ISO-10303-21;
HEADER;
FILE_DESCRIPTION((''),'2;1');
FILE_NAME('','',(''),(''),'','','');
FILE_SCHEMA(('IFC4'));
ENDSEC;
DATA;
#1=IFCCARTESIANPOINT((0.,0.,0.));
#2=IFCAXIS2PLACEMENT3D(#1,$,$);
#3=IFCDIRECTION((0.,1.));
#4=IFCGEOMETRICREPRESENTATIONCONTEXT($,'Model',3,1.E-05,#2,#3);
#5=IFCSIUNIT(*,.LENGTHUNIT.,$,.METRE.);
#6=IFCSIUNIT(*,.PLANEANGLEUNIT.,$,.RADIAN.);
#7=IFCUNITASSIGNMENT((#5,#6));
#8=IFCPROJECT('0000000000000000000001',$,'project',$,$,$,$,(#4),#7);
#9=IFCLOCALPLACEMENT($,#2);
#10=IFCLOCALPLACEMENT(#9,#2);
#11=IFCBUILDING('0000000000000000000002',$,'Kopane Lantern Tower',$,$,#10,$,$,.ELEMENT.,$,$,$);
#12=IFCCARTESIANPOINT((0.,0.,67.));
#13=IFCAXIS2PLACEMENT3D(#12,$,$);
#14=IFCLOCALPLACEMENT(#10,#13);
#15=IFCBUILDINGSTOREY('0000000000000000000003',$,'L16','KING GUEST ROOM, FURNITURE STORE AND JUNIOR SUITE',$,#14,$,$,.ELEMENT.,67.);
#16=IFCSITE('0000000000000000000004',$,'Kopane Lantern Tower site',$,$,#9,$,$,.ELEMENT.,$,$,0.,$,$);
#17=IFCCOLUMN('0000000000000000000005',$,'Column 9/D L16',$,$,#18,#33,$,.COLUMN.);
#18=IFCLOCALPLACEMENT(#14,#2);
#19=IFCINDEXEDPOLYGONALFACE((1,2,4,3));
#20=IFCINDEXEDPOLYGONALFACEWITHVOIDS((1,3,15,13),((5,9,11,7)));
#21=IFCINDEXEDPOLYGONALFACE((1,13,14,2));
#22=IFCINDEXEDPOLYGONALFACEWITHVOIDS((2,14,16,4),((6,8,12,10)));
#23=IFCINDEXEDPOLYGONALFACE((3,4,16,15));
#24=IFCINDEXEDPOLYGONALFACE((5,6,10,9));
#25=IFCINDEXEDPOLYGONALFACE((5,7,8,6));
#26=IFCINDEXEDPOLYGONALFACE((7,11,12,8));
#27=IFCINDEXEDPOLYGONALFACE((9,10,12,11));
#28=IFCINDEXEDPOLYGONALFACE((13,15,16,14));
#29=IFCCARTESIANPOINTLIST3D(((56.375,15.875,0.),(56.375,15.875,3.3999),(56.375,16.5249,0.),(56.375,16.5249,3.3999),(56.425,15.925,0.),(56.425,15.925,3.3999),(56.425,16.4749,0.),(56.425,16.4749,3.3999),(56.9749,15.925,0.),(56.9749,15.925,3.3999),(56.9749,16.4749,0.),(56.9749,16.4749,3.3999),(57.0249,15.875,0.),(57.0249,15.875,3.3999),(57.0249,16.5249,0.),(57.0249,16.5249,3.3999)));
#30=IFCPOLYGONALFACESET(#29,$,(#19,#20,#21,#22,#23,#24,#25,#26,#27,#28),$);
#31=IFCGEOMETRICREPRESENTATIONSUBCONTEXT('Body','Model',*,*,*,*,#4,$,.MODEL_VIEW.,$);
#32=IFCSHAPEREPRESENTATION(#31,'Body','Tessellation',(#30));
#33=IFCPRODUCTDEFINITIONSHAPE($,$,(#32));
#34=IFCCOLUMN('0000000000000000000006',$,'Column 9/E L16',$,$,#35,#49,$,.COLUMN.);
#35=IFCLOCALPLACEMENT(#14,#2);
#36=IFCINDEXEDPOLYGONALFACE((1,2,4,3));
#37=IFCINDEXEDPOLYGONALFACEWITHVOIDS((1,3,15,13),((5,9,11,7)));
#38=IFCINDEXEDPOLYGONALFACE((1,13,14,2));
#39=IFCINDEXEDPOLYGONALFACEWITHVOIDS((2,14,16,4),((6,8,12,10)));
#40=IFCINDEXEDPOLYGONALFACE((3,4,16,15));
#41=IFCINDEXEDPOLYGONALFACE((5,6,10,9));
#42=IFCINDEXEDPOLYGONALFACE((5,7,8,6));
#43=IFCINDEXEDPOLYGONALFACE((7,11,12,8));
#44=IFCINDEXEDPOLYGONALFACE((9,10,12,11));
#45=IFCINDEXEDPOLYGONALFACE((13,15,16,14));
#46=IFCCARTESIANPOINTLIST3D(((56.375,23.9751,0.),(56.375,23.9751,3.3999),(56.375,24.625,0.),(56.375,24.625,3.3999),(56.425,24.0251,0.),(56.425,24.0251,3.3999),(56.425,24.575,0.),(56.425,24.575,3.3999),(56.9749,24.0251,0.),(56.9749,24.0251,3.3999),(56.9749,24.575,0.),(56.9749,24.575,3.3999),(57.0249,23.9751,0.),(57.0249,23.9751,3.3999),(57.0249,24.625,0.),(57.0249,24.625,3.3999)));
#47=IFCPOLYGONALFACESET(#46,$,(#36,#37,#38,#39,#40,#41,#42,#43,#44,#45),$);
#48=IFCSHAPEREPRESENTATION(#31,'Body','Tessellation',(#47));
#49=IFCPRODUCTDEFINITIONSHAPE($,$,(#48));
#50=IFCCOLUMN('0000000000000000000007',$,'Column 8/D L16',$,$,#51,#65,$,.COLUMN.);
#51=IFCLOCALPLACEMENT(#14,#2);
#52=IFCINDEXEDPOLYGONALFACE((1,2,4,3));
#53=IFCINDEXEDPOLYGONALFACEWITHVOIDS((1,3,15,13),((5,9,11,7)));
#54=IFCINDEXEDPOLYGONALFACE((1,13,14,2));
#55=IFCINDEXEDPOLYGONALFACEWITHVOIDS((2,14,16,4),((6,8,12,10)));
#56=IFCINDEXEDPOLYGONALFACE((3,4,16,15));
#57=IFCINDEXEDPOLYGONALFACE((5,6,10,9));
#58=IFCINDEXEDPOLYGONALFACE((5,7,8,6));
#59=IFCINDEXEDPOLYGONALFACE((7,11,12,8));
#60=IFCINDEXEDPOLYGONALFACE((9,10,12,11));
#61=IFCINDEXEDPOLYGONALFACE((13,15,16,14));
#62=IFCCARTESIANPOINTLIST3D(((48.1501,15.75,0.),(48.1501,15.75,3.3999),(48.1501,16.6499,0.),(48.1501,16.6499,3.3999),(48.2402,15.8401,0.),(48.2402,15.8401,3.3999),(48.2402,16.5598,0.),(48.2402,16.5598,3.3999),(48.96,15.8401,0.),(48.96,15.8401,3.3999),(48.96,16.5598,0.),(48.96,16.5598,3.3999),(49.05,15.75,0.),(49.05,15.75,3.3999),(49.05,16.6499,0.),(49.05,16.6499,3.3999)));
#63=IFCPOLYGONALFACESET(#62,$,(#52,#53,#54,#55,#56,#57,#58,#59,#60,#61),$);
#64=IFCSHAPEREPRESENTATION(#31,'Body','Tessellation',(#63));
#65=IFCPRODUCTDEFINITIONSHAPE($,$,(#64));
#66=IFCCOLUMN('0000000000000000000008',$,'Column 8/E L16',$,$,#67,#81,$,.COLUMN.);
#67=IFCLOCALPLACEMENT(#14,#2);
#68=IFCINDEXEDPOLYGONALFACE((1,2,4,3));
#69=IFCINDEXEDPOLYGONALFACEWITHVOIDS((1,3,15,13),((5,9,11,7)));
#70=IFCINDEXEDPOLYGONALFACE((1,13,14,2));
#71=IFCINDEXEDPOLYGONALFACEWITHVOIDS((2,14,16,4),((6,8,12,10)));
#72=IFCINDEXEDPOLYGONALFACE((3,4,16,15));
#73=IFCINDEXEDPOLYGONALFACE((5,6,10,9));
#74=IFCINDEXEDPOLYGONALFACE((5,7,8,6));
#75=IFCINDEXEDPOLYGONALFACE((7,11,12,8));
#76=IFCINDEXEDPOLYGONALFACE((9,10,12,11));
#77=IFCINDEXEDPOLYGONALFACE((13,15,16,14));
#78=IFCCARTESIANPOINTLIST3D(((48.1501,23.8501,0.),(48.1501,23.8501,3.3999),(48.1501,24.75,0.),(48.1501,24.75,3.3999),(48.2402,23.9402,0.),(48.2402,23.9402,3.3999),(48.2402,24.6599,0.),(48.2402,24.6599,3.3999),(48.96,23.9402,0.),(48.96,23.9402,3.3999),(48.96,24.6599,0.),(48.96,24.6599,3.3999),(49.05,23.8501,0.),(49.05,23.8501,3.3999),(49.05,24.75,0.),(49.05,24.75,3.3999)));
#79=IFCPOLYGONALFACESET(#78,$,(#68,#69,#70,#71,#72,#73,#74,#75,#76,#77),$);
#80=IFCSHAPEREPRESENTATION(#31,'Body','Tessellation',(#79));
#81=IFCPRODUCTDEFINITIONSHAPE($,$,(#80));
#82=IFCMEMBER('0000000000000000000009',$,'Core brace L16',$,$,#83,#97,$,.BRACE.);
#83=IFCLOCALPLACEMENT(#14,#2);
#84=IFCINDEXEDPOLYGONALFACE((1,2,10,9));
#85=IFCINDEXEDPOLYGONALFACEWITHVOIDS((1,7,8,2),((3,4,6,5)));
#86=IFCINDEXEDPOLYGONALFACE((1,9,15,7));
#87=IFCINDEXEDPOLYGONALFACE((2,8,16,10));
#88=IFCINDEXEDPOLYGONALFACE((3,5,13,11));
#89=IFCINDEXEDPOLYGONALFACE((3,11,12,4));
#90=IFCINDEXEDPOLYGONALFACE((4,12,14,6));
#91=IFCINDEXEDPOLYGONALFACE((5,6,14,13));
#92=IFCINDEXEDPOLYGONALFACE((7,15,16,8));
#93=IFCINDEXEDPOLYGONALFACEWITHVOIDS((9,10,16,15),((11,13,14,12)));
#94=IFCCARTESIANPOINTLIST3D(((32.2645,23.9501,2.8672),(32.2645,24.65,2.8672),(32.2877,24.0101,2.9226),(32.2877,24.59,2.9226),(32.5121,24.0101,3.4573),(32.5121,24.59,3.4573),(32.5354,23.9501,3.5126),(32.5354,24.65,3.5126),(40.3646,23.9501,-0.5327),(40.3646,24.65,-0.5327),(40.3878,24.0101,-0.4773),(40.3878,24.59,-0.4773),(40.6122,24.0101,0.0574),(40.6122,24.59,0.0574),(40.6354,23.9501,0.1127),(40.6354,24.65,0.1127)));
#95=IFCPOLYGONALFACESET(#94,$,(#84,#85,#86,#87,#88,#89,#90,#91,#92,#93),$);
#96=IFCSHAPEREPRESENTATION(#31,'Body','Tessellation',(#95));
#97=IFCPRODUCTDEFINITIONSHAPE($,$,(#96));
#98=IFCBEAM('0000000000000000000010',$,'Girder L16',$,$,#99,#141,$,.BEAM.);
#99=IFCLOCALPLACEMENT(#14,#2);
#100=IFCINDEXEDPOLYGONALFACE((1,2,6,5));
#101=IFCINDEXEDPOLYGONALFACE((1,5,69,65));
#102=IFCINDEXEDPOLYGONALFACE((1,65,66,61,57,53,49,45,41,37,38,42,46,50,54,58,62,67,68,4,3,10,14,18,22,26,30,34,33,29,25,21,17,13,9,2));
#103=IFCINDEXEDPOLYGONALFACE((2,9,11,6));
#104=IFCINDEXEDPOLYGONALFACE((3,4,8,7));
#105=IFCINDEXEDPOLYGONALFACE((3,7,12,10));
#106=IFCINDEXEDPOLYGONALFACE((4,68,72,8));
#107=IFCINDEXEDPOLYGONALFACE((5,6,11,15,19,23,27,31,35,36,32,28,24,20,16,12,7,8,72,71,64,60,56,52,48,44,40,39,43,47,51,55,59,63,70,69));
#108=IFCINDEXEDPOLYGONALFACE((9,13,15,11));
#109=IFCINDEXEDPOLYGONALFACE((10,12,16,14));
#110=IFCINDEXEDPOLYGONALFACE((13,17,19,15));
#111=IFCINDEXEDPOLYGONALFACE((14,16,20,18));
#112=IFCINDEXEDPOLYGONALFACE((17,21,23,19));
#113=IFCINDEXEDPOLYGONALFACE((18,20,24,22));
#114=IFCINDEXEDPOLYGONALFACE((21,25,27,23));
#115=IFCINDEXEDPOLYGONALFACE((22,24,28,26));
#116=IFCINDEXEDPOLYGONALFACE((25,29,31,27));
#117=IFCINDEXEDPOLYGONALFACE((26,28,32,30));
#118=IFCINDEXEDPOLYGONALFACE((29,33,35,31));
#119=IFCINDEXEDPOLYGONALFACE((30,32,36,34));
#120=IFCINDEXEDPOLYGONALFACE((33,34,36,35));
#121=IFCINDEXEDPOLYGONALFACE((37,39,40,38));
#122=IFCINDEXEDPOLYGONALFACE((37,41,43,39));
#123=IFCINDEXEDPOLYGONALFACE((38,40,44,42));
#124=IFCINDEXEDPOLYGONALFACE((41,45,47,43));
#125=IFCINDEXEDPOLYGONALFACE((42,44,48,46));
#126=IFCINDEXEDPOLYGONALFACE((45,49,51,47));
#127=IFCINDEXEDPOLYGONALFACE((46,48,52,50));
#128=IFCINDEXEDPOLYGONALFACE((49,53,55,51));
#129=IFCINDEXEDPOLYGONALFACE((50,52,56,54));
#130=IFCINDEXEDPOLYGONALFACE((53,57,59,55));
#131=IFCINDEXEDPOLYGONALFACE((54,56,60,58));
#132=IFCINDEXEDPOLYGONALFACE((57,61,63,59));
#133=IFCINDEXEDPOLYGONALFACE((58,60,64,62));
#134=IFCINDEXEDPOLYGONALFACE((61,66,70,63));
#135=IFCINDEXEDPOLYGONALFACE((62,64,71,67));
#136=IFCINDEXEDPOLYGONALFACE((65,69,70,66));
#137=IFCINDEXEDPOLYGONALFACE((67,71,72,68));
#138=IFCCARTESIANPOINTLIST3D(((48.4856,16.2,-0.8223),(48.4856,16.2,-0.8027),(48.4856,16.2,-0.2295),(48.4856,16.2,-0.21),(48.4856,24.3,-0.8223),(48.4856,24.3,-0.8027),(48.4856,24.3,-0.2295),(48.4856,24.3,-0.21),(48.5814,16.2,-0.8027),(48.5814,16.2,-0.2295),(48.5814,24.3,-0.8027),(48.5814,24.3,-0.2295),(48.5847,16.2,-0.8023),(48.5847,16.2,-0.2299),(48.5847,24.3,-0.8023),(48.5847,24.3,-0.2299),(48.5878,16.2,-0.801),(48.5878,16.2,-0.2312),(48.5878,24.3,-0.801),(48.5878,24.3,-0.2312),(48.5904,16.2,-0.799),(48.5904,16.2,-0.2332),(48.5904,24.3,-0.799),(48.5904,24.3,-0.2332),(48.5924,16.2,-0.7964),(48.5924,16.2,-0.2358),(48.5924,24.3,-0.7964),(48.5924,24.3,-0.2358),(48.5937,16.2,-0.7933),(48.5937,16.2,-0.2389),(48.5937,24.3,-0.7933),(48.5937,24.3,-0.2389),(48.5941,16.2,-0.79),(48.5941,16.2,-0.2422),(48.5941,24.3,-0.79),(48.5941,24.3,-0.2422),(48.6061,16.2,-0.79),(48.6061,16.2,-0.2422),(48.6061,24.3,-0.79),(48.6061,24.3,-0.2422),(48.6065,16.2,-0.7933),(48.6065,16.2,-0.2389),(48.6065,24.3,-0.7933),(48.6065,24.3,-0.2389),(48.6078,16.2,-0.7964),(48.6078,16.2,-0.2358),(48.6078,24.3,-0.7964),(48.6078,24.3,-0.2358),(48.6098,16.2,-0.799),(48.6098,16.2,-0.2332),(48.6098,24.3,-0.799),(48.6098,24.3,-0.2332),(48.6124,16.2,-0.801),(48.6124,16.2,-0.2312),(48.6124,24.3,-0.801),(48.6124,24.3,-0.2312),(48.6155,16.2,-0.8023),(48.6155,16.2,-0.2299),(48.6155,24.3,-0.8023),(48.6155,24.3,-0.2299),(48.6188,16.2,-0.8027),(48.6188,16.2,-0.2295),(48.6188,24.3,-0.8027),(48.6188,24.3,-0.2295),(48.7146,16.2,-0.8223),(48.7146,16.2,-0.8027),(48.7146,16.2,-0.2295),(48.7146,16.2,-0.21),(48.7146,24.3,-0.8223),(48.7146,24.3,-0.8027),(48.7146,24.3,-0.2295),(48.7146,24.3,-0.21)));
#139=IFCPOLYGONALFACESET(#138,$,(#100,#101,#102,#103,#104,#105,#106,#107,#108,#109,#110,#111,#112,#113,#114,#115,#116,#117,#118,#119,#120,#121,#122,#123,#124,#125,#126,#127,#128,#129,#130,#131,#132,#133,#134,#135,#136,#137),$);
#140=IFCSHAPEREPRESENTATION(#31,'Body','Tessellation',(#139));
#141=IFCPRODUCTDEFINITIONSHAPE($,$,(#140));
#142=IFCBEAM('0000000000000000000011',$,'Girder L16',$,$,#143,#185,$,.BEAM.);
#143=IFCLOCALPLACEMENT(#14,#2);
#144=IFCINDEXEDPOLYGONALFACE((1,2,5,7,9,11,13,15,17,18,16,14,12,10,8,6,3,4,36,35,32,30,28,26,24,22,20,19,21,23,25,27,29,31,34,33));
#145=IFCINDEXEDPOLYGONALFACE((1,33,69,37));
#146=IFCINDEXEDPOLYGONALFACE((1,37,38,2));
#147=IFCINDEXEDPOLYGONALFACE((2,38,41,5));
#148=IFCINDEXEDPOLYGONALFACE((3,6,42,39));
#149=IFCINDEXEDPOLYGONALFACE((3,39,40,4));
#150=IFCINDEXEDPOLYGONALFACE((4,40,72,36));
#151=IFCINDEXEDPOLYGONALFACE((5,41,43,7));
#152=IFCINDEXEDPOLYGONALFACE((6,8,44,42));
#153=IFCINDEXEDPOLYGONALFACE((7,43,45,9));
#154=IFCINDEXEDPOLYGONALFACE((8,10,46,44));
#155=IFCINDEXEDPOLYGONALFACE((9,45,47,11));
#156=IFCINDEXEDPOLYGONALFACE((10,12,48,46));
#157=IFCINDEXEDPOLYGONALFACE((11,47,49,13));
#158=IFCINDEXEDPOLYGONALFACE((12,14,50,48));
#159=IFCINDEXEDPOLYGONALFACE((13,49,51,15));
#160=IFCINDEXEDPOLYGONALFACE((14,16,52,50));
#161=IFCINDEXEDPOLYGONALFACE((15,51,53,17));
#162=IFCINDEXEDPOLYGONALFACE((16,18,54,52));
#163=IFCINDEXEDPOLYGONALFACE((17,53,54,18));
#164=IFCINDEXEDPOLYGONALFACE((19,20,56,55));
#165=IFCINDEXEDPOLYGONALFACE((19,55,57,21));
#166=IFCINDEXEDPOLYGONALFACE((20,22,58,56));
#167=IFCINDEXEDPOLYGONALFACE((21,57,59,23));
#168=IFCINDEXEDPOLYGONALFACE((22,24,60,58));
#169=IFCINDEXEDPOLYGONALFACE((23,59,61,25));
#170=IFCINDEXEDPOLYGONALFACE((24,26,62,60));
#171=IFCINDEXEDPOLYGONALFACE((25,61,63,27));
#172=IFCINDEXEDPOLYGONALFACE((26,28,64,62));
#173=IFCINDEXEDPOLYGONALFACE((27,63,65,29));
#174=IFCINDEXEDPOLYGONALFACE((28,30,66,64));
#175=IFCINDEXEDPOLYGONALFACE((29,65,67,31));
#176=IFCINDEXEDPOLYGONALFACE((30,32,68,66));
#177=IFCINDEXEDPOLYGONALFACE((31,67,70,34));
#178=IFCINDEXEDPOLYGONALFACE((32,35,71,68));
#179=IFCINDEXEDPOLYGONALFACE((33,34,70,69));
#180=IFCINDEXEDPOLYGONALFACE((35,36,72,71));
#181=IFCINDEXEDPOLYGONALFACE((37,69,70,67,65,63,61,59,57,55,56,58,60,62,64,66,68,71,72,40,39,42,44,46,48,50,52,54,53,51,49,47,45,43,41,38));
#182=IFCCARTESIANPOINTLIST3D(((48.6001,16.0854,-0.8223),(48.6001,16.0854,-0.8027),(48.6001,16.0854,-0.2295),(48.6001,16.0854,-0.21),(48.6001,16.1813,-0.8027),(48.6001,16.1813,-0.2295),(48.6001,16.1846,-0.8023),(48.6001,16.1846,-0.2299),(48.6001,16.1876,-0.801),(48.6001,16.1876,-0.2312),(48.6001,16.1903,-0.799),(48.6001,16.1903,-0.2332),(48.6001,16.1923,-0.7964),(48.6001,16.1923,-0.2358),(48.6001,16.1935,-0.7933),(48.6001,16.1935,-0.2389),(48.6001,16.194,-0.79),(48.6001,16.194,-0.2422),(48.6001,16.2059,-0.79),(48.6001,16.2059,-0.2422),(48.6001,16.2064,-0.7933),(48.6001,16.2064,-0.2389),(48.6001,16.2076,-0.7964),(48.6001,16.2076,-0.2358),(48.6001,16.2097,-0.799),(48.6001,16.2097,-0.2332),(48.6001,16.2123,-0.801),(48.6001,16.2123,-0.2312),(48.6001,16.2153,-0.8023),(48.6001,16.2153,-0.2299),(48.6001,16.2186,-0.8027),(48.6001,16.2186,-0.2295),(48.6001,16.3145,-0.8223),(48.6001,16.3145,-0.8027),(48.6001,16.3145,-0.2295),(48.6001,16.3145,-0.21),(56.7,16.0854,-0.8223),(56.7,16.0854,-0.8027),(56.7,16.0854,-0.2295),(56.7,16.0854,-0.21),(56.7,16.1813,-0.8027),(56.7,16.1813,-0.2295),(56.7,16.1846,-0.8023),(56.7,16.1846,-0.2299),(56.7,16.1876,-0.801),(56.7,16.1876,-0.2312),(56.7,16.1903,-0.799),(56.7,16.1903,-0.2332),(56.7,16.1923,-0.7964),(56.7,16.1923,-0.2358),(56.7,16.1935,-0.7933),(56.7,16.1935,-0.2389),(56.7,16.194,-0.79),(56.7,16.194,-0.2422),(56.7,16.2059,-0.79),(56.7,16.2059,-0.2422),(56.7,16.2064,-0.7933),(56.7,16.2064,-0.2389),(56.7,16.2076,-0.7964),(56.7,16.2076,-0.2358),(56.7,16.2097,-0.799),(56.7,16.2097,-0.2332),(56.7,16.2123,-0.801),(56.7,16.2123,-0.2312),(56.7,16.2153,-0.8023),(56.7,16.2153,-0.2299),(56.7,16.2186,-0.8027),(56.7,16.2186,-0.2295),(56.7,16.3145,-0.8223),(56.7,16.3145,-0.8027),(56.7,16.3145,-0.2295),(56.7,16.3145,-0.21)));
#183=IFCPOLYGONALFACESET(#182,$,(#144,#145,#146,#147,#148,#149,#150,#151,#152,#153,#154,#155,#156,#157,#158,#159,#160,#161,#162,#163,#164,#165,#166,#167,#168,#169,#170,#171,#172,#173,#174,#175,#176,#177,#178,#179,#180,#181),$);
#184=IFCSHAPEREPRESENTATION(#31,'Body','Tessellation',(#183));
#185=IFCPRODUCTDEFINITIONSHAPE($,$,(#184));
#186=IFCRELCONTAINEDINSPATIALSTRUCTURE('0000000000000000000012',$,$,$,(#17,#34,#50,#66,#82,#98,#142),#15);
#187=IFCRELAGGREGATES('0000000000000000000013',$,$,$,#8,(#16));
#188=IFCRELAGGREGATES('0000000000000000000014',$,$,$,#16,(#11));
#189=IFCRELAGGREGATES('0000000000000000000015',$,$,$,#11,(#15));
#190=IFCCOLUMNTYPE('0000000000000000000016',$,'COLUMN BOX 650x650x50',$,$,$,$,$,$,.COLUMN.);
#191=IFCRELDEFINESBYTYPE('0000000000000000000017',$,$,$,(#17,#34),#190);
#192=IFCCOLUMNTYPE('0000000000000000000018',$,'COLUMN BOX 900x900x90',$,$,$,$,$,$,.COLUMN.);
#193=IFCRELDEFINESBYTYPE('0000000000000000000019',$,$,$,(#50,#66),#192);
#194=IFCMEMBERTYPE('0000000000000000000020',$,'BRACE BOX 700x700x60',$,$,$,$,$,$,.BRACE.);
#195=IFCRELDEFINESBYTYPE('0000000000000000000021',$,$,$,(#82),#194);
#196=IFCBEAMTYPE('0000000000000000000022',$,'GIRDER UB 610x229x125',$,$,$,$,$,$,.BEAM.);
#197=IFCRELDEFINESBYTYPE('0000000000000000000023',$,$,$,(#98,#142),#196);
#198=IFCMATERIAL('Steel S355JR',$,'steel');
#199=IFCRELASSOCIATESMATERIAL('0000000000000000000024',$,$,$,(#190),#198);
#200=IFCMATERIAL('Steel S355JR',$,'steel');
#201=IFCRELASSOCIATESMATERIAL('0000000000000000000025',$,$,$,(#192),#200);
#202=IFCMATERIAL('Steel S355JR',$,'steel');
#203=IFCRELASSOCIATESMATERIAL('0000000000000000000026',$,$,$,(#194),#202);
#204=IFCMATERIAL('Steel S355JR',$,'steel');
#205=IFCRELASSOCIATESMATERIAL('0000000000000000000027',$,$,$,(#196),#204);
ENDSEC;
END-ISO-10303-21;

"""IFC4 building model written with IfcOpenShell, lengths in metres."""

from ifc_helpers import new_model, si_unit, direction, frame, origin, origin_2d, place, context, subcontext, project, spatial, hollow_rectangle, i_section, extrude, material, material_profile, profile_set, type_object, element, save


model = new_model("IFC4")

# Units and contexts
model_context = context("Model", 3, precision=1e-05, world=origin(), true_north=direction((0.0, 1.0)))
body_context = subcontext(model_context, "Body", "Model", "MODEL_VIEW")
ifc_project = project(units=[si_unit("LENGTHUNIT", "METRE"), si_unit("PLANEANGLEUNIT", "RADIAN")], contexts=[model_context])

# Site, building, storey
site_placement = place(None, origin())
site = spatial("IfcSite", under=ifc_project, at=site_placement, Name="Kopane Lantern Tower site", CompositionType="ELEMENT", RefElevation=0.0)
building_placement = place(site_placement, origin())
building = spatial("IfcBuilding", under=site, at=building_placement, Name="Kopane Lantern Tower", CompositionType="ELEMENT")
storey_placement = place(building_placement, frame((0.0, 0.0, 67.0)))
storey = spatial("IfcBuildingStorey", under=building, at=storey_placement, Name="L16", Description="KING GUEST ROOM, FURNITURE STORE AND JUNIOR SUITE", CompositionType="ELEMENT", Elevation=67.0)

# Columns
ifc_material_1 = material(Name="Steel S355JR", Category="steel")
ifc_material_profile_1 = material_profile(ifc_material_1, hollow_rectangle(XDim=0.6499, YDim=0.6499, WallThickness=0.05, at=origin_2d()), Name="BOX 650x650x50")
ifc_profile_set_1 = profile_set([ifc_material_profile_1], Name="Steel S355JR")
column_type_1 = type_object("IfcColumnType", Name="COLUMN BOX 650x650x50", PredefinedType="COLUMN", material=ifc_profile_set_1)
for number, where, z_axis, x_axis, name in (
    (1, (56.7, 16.2, 0.0), (0.0, 0.0, 1.0), (1.0, 0.0, 0.0), "Column 9/D L16"),
    (2, (56.7, 24.3, 0.0), (0.0, 0.0, 1.0), (1.0, 0.0, 0.0), "Column 9/E L16"),
):
    element("IfcColumn", number, at=place(storey_placement, frame(where, z_axis=z_axis, x_axis=x_axis)), inside=storey, type_object=column_type_1, Name=name, PredefinedType="COLUMN", context=body_context, shape_type="SweptSolid", body=[
        extrude(hollow_rectangle(XDim=0.6499, YDim=0.6499, WallThickness=0.05, at=origin_2d()), origin(), (0.0, 0.0, 1.0), 3.3999),
    ])
ifc_material_2 = material(Name="Steel S355JR", Category="steel")
ifc_material_profile_2 = material_profile(ifc_material_2, hollow_rectangle(XDim=0.8999, YDim=0.8999, WallThickness=0.0901, at=origin_2d()), Name="BOX 900x900x90")
ifc_profile_set_2 = profile_set([ifc_material_profile_2], Name="Steel S355JR")
column_type_2 = type_object("IfcColumnType", Name="COLUMN BOX 900x900x90", PredefinedType="COLUMN", material=ifc_profile_set_2)
for number, where, z_axis, x_axis, name in (
    (3, (48.6001, 16.2, 0.0), (0.0, 0.0, 1.0), (1.0, 0.0, 0.0), "Column 8/D L16"),
    (4, (48.6001, 24.3, 0.0), (0.0, 0.0, 1.0), (1.0, 0.0, 0.0), "Column 8/E L16"),
):
    element("IfcColumn", number, at=place(storey_placement, frame(where, z_axis=z_axis, x_axis=x_axis)), inside=storey, type_object=column_type_2, Name=name, PredefinedType="COLUMN", context=body_context, shape_type="SweptSolid", body=[
        extrude(hollow_rectangle(XDim=0.8999, YDim=0.8999, WallThickness=0.0901, at=origin_2d()), origin(), (0.0, 0.0, 1.0), 3.3999),
    ])

# Member
ifc_material_3 = material(Name="Steel S355JR", Category="steel")
ifc_material_profile_3 = material_profile(ifc_material_3, hollow_rectangle(XDim=0.7, YDim=0.7, WallThickness=0.0601, at=origin_2d()), Name="BOX 700x700x60")
ifc_profile_set_3 = profile_set([ifc_material_profile_3], Name="Steel S355JR")
member_type = type_object("IfcMemberType", Name="BRACE BOX 700x700x60", PredefinedType="BRACE", material=ifc_profile_set_3)
member_placement = place(storey_placement, frame((40.5, 24.3, -0.21), z_axis=(-0.922069, 0.0, 0.387026), x_axis=(0.0, -1.0, 0.0)))
element("IfcMember", 5, at=member_placement, inside=storey, type_object=member_type, Name="Core brace L16", PredefinedType="BRACE", context=body_context, shape_type="SweptSolid", body=[
    extrude(hollow_rectangle(XDim=0.7, YDim=0.7, WallThickness=0.0601, at=origin_2d()), origin(), (0.0, 0.0, 1.0), 8.7847),
])

# Beams
ifc_material_4 = material(Name="Steel S355JR", Category="steel")
ifc_material_profile_4 = material_profile(ifc_material_4, i_section(OverallWidth=0.229, OverallDepth=0.6123, WebThickness=0.012, FlangeThickness=0.0195, FilletRadius=0.0127, at=origin_2d()), Name="UB 610x229x125")
ifc_profile_set_4 = profile_set([ifc_material_profile_4], Name="Steel S355JR")
beam_type = type_object("IfcBeamType", Name="GIRDER UB 610x229x125", PredefinedType="BEAM", material=ifc_profile_set_4)
beam_1_placement = place(storey_placement, frame((48.6001, 16.2, -0.5161), z_axis=(0.0, 1.0, 0.0), x_axis=(-1.0, 0.0, 0.0)))
element("IfcBeam", 6, at=beam_1_placement, inside=storey, type_object=beam_type, Name="Girder L16", PredefinedType="BEAM", context=body_context, shape_type="SweptSolid", body=[
    extrude(i_section(OverallWidth=0.229, OverallDepth=0.6123, WebThickness=0.012, FlangeThickness=0.0195, FilletRadius=0.0127, at=origin_2d()), origin(), (0.0, 0.0, 1.0), 8.1001),
])
for number, where, z_axis, x_axis, name in (
    (7, (48.6001, 16.2, -0.5161), (1.0, 0.0, 0.0), (0.0, 1.0, 0.0), "Girder L16"),
):
    element("IfcBeam", number, at=place(storey_placement, frame(where, z_axis=z_axis, x_axis=x_axis)), inside=storey, type_object=beam_type, Name=name, PredefinedType="BEAM", context=body_context, shape_type="SweptSolid", body=[
        extrude(i_section(OverallWidth=0.229, OverallDepth=0.6123, WebThickness=0.012, FlangeThickness=0.0195, FilletRadius=0.0127, at=origin_2d()), origin(), (0.0, 0.0, 1.0), 8.0999),
    ])

save(model, "model.ifc")
